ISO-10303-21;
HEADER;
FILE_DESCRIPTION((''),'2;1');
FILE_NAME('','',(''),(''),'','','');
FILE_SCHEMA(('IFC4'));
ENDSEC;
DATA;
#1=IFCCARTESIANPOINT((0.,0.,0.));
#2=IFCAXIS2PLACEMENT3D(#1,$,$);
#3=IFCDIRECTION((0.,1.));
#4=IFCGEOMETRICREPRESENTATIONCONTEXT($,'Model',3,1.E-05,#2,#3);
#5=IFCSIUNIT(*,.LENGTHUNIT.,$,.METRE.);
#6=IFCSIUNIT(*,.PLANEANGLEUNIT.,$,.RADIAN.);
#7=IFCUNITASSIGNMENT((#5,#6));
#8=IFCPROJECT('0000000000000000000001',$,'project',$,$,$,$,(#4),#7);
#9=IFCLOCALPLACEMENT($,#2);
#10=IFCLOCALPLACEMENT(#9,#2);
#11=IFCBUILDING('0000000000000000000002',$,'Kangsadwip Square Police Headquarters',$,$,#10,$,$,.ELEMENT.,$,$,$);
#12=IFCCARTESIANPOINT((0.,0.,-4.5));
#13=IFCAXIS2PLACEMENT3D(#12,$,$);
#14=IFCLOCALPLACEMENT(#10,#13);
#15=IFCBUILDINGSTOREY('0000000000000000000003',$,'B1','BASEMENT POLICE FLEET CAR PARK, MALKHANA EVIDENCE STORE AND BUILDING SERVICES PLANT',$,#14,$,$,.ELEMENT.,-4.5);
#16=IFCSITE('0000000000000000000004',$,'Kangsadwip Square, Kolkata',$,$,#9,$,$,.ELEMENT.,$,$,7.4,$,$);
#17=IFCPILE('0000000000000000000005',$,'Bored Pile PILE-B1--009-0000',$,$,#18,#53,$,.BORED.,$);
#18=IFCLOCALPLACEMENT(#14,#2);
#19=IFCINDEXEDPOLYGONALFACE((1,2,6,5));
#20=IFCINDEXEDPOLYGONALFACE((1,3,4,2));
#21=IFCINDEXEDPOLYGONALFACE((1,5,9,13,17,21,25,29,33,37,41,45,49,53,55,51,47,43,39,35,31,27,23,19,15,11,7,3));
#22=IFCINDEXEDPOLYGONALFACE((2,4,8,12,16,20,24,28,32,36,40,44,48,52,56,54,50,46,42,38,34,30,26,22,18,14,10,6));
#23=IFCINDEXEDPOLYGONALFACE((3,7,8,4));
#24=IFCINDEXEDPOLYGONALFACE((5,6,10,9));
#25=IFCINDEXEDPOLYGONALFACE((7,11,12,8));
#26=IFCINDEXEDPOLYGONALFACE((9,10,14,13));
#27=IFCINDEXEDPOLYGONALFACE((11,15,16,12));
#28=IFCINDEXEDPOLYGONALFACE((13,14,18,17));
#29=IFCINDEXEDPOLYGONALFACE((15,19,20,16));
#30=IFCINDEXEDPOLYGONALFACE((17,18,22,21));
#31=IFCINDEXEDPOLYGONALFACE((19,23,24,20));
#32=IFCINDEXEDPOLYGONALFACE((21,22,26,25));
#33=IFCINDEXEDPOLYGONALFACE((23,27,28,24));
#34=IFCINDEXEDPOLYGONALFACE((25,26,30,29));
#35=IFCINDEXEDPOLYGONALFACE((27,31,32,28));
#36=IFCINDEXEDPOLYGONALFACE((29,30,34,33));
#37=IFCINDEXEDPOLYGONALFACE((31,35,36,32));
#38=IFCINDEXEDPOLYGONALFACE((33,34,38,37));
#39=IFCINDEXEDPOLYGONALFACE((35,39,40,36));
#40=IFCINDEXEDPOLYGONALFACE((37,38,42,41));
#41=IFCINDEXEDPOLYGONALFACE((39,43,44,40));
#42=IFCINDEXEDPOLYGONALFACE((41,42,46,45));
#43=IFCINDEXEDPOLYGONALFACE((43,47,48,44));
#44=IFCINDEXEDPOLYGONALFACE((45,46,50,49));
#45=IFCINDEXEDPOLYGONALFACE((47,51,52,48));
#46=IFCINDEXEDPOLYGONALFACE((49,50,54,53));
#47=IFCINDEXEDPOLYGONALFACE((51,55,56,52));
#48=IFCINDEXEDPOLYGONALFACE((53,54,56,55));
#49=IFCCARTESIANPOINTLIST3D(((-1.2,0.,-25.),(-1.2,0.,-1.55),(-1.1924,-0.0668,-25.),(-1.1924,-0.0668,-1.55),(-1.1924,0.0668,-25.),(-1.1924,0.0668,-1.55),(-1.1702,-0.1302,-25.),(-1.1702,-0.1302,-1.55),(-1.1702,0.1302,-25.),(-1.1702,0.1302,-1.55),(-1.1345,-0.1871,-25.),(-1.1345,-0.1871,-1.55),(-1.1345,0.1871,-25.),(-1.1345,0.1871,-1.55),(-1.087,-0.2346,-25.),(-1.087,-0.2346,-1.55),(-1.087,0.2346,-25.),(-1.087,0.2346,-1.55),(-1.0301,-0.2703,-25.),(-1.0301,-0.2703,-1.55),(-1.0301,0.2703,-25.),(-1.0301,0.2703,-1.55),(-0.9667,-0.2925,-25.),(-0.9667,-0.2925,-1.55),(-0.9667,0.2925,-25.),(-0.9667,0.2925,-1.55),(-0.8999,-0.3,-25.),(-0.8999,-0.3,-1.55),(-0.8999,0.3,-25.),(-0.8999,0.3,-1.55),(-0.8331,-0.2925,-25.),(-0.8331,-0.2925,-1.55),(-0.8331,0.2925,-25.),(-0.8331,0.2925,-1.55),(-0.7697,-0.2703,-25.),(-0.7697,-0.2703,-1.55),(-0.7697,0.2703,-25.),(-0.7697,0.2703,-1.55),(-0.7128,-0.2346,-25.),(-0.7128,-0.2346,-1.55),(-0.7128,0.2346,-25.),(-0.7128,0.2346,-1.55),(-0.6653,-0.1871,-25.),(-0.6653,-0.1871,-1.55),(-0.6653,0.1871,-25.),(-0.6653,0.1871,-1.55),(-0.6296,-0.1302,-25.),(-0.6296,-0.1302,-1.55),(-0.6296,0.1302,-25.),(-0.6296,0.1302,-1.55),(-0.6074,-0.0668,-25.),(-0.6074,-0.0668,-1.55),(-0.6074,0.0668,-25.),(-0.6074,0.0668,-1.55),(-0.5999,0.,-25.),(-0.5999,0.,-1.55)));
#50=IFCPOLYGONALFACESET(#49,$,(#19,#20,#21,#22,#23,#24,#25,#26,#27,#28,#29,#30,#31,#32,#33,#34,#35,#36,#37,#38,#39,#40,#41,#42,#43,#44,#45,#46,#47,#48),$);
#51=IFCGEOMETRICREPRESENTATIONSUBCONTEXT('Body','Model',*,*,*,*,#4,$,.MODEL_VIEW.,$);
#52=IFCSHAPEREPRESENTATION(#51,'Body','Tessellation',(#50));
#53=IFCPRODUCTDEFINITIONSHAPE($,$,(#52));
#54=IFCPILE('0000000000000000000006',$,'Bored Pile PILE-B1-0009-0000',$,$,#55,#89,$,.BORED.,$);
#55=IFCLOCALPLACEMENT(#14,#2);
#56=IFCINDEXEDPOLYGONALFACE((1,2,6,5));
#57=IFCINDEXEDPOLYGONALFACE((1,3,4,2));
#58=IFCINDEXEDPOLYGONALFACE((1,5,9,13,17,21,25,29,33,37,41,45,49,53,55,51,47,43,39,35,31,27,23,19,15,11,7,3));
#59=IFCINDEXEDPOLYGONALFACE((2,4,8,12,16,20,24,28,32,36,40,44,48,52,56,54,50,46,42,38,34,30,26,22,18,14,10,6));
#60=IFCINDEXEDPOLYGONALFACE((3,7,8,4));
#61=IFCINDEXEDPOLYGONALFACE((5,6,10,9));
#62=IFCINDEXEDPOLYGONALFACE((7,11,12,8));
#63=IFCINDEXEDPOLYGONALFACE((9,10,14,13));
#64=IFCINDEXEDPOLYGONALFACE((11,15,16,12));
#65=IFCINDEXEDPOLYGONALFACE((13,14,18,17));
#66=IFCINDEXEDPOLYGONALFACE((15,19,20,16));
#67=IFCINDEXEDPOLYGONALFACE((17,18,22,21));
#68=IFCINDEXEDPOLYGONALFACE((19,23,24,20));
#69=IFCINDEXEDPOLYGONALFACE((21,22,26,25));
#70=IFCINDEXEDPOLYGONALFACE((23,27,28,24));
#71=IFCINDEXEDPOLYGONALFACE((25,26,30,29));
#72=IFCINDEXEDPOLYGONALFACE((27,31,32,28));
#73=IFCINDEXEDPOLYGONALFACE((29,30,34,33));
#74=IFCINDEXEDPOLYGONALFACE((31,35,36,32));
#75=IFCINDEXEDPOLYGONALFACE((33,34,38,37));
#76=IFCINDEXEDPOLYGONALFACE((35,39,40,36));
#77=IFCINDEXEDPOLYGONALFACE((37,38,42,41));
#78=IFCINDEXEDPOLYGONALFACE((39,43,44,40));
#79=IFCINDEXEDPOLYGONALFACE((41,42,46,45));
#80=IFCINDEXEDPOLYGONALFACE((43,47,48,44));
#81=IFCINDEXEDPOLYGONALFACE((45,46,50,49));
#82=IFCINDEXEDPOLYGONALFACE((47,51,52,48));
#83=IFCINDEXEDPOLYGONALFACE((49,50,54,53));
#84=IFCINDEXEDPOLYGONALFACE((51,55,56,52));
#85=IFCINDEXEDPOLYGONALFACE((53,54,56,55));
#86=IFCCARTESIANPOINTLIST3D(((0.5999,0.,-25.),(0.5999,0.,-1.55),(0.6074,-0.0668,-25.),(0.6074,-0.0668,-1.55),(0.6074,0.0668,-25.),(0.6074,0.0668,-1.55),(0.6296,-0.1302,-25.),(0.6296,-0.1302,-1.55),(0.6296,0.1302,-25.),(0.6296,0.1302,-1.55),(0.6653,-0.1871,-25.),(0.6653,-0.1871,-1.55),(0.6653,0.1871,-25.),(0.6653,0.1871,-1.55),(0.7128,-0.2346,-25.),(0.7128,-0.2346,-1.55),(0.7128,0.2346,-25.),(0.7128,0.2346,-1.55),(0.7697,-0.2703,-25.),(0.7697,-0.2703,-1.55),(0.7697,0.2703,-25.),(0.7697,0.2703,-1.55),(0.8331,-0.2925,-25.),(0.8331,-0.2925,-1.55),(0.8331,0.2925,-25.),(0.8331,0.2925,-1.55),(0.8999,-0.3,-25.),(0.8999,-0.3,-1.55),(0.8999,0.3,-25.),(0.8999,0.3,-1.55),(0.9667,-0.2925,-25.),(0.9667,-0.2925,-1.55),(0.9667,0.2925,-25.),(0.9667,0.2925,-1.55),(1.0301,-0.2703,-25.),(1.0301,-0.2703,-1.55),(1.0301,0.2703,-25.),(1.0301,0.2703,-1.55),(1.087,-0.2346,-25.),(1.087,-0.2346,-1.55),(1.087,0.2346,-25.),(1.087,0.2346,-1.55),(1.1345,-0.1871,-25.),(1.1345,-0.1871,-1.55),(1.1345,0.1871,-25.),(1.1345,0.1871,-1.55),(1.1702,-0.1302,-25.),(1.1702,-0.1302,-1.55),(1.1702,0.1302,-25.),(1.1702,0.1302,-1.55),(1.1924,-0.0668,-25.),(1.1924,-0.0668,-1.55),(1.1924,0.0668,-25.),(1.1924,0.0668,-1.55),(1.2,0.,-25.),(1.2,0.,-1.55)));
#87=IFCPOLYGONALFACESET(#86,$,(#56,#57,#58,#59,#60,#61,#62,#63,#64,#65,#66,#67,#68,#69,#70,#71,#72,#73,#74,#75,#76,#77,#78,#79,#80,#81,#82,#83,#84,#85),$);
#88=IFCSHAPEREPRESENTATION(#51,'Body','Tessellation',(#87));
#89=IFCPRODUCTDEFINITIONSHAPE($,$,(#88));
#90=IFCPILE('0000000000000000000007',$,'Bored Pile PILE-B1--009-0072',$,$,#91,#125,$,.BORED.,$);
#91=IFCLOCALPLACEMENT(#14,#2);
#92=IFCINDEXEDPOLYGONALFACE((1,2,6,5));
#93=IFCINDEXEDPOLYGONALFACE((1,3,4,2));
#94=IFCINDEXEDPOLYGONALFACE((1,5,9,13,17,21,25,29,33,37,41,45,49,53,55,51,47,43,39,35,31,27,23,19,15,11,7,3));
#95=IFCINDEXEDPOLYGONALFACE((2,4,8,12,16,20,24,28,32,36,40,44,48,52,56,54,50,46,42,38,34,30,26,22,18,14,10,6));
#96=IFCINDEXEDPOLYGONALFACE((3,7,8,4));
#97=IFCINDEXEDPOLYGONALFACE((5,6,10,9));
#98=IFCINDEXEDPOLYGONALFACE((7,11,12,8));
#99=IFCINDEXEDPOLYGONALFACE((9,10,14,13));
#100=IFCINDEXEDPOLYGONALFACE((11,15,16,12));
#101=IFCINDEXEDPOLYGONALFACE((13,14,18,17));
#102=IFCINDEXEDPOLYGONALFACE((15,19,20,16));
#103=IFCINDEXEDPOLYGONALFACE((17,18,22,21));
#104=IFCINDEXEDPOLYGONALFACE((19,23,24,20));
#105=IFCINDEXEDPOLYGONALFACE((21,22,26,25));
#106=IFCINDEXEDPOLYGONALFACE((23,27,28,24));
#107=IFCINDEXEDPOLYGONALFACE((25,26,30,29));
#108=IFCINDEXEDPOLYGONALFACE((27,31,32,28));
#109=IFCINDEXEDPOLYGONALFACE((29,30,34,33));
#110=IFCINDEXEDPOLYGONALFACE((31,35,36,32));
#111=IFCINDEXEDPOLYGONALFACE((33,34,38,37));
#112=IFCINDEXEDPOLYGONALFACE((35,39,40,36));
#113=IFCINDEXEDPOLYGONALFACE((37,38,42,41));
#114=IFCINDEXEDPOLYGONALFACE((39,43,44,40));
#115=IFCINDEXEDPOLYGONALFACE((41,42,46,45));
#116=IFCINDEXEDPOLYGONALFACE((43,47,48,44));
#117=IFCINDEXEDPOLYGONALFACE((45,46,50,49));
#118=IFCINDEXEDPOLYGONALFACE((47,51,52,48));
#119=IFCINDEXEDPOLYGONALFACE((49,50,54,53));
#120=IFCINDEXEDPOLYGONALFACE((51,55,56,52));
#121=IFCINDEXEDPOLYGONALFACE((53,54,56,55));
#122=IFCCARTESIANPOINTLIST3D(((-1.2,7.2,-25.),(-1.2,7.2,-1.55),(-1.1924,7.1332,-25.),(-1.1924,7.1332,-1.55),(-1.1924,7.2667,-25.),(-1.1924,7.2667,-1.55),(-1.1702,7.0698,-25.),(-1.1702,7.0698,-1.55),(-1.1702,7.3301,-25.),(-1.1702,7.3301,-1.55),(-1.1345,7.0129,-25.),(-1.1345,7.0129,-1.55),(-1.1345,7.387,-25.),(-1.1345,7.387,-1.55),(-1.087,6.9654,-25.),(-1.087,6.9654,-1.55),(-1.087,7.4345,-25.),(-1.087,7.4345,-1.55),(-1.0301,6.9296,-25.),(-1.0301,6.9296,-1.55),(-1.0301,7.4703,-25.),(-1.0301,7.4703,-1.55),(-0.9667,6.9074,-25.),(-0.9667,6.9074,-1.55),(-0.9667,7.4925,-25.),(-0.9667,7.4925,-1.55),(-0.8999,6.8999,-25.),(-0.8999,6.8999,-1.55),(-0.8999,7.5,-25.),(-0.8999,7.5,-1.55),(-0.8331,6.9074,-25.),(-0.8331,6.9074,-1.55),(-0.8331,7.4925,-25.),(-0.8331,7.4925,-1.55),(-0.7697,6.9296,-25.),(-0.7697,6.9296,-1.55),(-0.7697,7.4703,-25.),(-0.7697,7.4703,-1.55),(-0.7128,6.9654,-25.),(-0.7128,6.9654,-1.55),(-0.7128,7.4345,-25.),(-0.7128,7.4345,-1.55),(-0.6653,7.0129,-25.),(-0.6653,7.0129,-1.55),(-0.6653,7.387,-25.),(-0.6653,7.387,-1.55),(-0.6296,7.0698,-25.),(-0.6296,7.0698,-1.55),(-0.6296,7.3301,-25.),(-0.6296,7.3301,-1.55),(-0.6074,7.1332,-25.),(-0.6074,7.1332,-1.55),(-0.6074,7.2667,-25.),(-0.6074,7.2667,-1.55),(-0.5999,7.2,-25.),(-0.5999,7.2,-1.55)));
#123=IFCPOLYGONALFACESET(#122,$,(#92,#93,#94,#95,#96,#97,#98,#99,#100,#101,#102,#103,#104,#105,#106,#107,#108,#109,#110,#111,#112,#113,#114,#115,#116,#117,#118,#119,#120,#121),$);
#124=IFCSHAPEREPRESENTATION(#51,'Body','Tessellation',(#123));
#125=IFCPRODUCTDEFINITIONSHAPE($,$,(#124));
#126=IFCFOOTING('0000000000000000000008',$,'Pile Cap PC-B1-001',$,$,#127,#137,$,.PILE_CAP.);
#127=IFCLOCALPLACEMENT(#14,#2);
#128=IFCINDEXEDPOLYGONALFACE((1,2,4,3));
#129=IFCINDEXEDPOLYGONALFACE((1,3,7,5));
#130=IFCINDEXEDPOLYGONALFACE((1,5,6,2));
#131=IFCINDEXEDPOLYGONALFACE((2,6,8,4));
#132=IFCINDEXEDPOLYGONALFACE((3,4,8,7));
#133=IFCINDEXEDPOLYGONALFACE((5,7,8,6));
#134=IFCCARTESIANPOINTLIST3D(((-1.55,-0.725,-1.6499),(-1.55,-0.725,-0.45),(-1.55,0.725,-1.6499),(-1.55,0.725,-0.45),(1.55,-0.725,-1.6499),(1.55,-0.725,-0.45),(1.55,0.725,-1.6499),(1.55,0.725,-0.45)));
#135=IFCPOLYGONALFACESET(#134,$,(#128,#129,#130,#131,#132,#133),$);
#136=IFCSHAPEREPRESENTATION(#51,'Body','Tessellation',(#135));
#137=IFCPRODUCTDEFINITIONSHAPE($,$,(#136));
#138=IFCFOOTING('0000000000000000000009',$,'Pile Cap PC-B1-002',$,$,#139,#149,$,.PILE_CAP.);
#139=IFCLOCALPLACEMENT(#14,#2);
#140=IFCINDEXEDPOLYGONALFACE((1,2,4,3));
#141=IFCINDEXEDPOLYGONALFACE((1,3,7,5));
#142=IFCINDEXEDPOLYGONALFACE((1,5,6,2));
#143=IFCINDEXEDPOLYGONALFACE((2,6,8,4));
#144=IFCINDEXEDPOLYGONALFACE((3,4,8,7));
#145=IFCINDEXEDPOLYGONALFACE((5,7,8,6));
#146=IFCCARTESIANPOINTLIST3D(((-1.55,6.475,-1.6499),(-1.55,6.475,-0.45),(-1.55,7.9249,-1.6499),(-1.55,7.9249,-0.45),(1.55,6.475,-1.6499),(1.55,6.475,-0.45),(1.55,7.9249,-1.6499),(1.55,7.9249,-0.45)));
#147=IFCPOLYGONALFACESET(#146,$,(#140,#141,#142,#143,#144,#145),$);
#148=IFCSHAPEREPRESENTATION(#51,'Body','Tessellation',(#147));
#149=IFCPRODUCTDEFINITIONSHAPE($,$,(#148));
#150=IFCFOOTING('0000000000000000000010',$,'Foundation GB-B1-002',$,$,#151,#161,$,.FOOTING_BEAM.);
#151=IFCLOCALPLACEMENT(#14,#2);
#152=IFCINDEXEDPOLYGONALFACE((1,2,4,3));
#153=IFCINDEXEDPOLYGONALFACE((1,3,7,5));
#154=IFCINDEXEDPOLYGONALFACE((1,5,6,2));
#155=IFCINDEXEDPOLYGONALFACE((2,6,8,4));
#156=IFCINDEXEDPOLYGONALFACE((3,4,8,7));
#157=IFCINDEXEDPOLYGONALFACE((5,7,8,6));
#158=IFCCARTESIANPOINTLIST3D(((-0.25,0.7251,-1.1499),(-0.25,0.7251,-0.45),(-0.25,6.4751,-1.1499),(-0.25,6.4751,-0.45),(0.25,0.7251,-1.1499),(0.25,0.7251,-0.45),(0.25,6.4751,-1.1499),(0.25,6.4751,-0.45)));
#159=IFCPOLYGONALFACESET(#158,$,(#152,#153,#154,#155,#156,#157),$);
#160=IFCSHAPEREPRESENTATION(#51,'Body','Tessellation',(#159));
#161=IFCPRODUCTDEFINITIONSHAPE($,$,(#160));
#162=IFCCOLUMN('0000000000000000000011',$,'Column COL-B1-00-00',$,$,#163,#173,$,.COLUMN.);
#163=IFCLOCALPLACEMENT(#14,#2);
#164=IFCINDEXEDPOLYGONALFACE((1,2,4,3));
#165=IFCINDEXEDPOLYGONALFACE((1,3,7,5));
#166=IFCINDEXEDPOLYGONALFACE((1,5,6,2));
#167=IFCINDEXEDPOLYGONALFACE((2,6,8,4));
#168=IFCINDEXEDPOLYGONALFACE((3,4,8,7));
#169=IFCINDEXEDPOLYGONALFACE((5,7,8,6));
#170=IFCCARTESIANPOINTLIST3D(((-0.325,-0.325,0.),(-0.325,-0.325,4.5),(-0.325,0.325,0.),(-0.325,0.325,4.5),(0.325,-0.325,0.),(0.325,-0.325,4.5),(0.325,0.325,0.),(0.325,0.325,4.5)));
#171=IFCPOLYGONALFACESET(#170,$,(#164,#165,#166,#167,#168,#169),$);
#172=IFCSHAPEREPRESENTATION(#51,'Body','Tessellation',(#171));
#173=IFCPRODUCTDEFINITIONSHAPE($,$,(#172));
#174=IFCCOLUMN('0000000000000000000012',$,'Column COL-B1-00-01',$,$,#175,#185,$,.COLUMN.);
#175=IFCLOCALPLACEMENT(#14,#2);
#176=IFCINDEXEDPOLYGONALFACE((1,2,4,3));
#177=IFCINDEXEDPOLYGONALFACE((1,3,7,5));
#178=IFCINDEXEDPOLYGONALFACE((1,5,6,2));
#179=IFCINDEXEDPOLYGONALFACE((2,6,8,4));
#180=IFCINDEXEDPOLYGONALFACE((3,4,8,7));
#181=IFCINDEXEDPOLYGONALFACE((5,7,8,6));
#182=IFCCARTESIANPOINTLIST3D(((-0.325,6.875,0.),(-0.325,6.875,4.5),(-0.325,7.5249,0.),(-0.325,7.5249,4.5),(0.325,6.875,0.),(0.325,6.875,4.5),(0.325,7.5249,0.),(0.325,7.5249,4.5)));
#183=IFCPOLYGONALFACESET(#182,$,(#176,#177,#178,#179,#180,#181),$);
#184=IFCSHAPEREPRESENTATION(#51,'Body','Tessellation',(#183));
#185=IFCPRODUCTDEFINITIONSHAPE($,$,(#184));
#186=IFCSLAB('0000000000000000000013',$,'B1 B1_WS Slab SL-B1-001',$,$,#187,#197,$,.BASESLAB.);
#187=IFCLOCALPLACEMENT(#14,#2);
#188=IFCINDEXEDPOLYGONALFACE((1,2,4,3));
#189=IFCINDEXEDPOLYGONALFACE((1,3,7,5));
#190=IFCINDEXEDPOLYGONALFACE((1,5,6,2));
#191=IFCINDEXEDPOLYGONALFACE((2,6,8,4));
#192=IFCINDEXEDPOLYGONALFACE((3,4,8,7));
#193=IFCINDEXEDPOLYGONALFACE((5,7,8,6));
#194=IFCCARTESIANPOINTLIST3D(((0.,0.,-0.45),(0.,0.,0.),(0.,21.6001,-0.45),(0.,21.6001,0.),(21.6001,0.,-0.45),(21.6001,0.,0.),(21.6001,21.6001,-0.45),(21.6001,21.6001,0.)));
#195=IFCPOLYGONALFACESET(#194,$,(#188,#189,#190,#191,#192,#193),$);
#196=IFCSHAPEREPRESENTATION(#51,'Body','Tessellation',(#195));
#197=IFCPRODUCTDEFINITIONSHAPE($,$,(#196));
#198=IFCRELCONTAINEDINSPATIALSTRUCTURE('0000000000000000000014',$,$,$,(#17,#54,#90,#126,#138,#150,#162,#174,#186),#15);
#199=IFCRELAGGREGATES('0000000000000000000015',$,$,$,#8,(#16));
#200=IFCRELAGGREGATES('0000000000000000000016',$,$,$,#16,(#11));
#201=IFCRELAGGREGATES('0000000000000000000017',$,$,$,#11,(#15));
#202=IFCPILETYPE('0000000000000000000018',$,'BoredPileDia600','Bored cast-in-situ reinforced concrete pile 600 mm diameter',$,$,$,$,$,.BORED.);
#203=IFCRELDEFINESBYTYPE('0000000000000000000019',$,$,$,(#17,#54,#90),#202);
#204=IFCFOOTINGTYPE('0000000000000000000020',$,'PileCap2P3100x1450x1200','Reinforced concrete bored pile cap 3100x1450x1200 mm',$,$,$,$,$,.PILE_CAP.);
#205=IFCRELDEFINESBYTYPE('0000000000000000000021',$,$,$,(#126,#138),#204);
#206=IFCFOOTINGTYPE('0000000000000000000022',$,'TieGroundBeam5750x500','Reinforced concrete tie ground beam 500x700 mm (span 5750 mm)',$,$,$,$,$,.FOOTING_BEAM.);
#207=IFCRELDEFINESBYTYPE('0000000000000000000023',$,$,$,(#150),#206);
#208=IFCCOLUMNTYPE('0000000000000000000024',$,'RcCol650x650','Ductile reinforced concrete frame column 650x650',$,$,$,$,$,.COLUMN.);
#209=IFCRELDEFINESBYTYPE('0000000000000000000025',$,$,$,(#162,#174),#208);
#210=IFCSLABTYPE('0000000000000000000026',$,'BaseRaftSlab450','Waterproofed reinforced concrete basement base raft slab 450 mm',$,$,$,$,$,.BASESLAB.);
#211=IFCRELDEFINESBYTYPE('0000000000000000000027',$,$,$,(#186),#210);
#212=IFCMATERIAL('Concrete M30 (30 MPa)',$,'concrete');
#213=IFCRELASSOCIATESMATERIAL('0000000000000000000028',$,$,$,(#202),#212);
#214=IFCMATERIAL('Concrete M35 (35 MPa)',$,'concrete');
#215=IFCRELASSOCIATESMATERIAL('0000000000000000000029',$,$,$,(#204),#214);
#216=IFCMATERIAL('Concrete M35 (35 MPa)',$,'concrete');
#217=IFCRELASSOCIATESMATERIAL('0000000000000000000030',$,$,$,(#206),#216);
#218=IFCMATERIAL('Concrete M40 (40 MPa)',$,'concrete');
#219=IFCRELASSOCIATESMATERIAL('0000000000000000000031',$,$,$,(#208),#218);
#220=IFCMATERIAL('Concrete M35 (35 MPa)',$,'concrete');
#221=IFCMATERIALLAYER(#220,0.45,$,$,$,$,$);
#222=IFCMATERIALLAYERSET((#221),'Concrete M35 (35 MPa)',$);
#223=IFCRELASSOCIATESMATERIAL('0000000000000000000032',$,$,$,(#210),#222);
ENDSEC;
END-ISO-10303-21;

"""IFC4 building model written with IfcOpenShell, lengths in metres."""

from ifc_helpers import new_model, si_unit, direction, frame, origin, origin_2d, place, context, subcontext, project, spatial, polyline, rectangle, circle, outline, extrude, material, layer, layer_set, material_profile, profile_set, type_object, element, save


model = new_model("IFC4")

# Units and contexts
model_context = context("Model", 3, precision=1e-05, world=origin(), true_north=direction((0.0, 1.0)))
body_context = subcontext(model_context, "Body", "Model", "MODEL_VIEW")
ifc_project = project(units=[si_unit("LENGTHUNIT", "METRE"), si_unit("PLANEANGLEUNIT", "RADIAN")], contexts=[model_context])

# Site, building, storey
site_placement = place(None, origin())
site = spatial("IfcSite", under=ifc_project, at=site_placement, Name="Kangsadwip Square, Kolkata", CompositionType="ELEMENT", RefElevation=7.4)
building_placement = place(site_placement, origin())
building = spatial("IfcBuilding", under=site, at=building_placement, Name="Kangsadwip Square Police Headquarters", CompositionType="ELEMENT")
storey_placement = place(building_placement, frame((0.0, 0.0, -4.5)))
storey = spatial("IfcBuildingStorey", under=building, at=storey_placement, Name="B1", Description="BASEMENT POLICE FLEET CAR PARK, MALKHANA EVIDENCE STORE AND BUILDING SERVICES PLANT", CompositionType="ELEMENT", Elevation=-4.5)

# Piles
ifc_material_1 = material(Name="Concrete M30 (30 MPa)", Category="concrete")
ifc_material_profile_1 = material_profile(ifc_material_1, circle(Radius=0.3, at=origin_2d()), Name="PILE DIA 600")
ifc_profile_set_1 = profile_set([ifc_material_profile_1], Name="Concrete M30 (30 MPa)")
pile_type = type_object("IfcPileType", Name="BoredPileDia600", Description="Bored cast-in-situ reinforced concrete pile 600 mm diameter", PredefinedType="BORED", material=ifc_profile_set_1)
for number, where, z_axis, x_axis, name in (
    (1, (-0.8999, 0.0, -1.55), (0.0, 0.0, -1.0), (1.0, 0.0, 0.0), "Bored Pile PILE-B1--009-0000"),
    (2, (0.8999, 0.0, -1.55), (0.0, 0.0, -1.0), (1.0, 0.0, 0.0), "Bored Pile PILE-B1-0009-0000"),
    (3, (-0.8999, 7.2, -1.55), (0.0, 0.0, -1.0), (1.0, 0.0, 0.0), "Bored Pile PILE-B1--009-0072"),
):
    element("IfcPile", number, at=place(storey_placement, frame(where, z_axis=z_axis, x_axis=x_axis)), inside=storey, type_object=pile_type, Name=name, PredefinedType="BORED", context=body_context, shape_type="SweptSolid", body=[
        extrude(circle(Radius=0.3, at=origin_2d()), origin(), (0.0, 0.0, 1.0), 23.45),
    ])

# Footings
ifc_material_2 = material(Name="Concrete M35 (35 MPa)", Category="concrete")
footing_type_1 = type_object("IfcFootingType", Name="PileCap2P3100x1450x1200", Description="Reinforced concrete bored pile cap 3100x1450x1200 mm", PredefinedType="PILE_CAP", material=ifc_material_2)
for number, where, z_axis, x_axis, name in (
    (4, (0.0, 0.0, -1.6499), (0.0, 0.0, 1.0), (1.0, 0.0, 0.0), "Pile Cap PC-B1-001"),
    (5, (0.0, 7.2, -1.6499), (0.0, 0.0, 1.0), (1.0, 0.0, 0.0), "Pile Cap PC-B1-002"),
):
    element("IfcFooting", number, at=place(storey_placement, frame(where, z_axis=z_axis, x_axis=x_axis)), inside=storey, type_object=footing_type_1, Name=name, PredefinedType="PILE_CAP", context=body_context, shape_type="SweptSolid", body=[
        extrude(rectangle(XDim=3.1001, YDim=1.45, at=origin_2d()), origin(), (0.0, 0.0, 1.0), 1.2),
    ])
ifc_material_3 = material(Name="Concrete M35 (35 MPa)", Category="concrete")
footing_type_2 = type_object("IfcFootingType", Name="TieGroundBeam5750x500", Description="Reinforced concrete tie ground beam 500x700 mm (span 5750 mm)", PredefinedType="FOOTING_BEAM", material=ifc_material_3)
footing_placement = place(storey_placement, frame((0.0, 3.6001, -1.1499), z_axis=(0.0, 0.0, 1.0), x_axis=(0.0, 1.0, 0.0)))
element("IfcFooting", 6, at=footing_placement, inside=storey, type_object=footing_type_2, Name="Foundation GB-B1-002", PredefinedType="FOOTING_BEAM", context=body_context, shape_type="SweptSolid", body=[
    extrude(rectangle(XDim=5.75, YDim=0.5, at=origin_2d()), origin(), (0.0, 0.0, 1.0), 0.7),
])

# Columns
ifc_material_4 = material(Name="Concrete M40 (40 MPa)", Category="concrete")
ifc_material_profile_2 = material_profile(ifc_material_4, rectangle(XDim=0.6499, YDim=0.6499, at=origin_2d()), Name="RC COL 650X650")
ifc_profile_set_2 = profile_set([ifc_material_profile_2], Name="Concrete M40 (40 MPa)")
column_type = type_object("IfcColumnType", Name="RcCol650x650", Description="Ductile reinforced concrete frame column 650x650", PredefinedType="COLUMN", material=ifc_profile_set_2)
for number, where, z_axis, x_axis, name in (
    (7, (0.0, 0.0, 0.0), (0.0, 0.0, 1.0), (1.0, 0.0, 0.0), "Column COL-B1-00-00"),
    (8, (0.0, 7.2, 0.0), (0.0, 0.0, 1.0), (1.0, 0.0, 0.0), "Column COL-B1-00-01"),
):
    element("IfcColumn", number, at=place(storey_placement, frame(where, z_axis=z_axis, x_axis=x_axis)), inside=storey, type_object=column_type, Name=name, PredefinedType="COLUMN", context=body_context, shape_type="SweptSolid", body=[
        extrude(rectangle(XDim=0.6499, YDim=0.6499, at=origin_2d()), origin(), (0.0, 0.0, 1.0), 4.5),
    ])

# Slab
ifc_material_5 = material(Name="Concrete M35 (35 MPa)", Category="concrete")
ifc_layer_1 = layer(ifc_material_5, 0.45)
ifc_layer_set_1 = layer_set([ifc_layer_1], Name="Concrete M35 (35 MPa)")
slab_type_1 = type_object("IfcSlabType", Name="BaseRaftSlab450", Description="Waterproofed reinforced concrete basement base raft slab 450 mm", PredefinedType="BASESLAB", material=ifc_layer_set_1)
slab_1_placement = place(storey_placement, frame((0.0, 0.0, -0.45)))
element("IfcSlab", 9, at=slab_1_placement, inside=storey, type_object=slab_type_1, Name="B1 B1_WS Slab SL-B1-001", PredefinedType="BASESLAB", context=body_context, shape_type="SweptSolid", body=[
    extrude(outline(polyline([(21.6001, 0.0), (21.6001, 21.6001), (0.0, 21.6001), (0.0, 0.0), (21.6001, 0.0)])), origin(), (0.0, 0.0, 1.0), 0.45),
])

save(model, "model.ifc")
